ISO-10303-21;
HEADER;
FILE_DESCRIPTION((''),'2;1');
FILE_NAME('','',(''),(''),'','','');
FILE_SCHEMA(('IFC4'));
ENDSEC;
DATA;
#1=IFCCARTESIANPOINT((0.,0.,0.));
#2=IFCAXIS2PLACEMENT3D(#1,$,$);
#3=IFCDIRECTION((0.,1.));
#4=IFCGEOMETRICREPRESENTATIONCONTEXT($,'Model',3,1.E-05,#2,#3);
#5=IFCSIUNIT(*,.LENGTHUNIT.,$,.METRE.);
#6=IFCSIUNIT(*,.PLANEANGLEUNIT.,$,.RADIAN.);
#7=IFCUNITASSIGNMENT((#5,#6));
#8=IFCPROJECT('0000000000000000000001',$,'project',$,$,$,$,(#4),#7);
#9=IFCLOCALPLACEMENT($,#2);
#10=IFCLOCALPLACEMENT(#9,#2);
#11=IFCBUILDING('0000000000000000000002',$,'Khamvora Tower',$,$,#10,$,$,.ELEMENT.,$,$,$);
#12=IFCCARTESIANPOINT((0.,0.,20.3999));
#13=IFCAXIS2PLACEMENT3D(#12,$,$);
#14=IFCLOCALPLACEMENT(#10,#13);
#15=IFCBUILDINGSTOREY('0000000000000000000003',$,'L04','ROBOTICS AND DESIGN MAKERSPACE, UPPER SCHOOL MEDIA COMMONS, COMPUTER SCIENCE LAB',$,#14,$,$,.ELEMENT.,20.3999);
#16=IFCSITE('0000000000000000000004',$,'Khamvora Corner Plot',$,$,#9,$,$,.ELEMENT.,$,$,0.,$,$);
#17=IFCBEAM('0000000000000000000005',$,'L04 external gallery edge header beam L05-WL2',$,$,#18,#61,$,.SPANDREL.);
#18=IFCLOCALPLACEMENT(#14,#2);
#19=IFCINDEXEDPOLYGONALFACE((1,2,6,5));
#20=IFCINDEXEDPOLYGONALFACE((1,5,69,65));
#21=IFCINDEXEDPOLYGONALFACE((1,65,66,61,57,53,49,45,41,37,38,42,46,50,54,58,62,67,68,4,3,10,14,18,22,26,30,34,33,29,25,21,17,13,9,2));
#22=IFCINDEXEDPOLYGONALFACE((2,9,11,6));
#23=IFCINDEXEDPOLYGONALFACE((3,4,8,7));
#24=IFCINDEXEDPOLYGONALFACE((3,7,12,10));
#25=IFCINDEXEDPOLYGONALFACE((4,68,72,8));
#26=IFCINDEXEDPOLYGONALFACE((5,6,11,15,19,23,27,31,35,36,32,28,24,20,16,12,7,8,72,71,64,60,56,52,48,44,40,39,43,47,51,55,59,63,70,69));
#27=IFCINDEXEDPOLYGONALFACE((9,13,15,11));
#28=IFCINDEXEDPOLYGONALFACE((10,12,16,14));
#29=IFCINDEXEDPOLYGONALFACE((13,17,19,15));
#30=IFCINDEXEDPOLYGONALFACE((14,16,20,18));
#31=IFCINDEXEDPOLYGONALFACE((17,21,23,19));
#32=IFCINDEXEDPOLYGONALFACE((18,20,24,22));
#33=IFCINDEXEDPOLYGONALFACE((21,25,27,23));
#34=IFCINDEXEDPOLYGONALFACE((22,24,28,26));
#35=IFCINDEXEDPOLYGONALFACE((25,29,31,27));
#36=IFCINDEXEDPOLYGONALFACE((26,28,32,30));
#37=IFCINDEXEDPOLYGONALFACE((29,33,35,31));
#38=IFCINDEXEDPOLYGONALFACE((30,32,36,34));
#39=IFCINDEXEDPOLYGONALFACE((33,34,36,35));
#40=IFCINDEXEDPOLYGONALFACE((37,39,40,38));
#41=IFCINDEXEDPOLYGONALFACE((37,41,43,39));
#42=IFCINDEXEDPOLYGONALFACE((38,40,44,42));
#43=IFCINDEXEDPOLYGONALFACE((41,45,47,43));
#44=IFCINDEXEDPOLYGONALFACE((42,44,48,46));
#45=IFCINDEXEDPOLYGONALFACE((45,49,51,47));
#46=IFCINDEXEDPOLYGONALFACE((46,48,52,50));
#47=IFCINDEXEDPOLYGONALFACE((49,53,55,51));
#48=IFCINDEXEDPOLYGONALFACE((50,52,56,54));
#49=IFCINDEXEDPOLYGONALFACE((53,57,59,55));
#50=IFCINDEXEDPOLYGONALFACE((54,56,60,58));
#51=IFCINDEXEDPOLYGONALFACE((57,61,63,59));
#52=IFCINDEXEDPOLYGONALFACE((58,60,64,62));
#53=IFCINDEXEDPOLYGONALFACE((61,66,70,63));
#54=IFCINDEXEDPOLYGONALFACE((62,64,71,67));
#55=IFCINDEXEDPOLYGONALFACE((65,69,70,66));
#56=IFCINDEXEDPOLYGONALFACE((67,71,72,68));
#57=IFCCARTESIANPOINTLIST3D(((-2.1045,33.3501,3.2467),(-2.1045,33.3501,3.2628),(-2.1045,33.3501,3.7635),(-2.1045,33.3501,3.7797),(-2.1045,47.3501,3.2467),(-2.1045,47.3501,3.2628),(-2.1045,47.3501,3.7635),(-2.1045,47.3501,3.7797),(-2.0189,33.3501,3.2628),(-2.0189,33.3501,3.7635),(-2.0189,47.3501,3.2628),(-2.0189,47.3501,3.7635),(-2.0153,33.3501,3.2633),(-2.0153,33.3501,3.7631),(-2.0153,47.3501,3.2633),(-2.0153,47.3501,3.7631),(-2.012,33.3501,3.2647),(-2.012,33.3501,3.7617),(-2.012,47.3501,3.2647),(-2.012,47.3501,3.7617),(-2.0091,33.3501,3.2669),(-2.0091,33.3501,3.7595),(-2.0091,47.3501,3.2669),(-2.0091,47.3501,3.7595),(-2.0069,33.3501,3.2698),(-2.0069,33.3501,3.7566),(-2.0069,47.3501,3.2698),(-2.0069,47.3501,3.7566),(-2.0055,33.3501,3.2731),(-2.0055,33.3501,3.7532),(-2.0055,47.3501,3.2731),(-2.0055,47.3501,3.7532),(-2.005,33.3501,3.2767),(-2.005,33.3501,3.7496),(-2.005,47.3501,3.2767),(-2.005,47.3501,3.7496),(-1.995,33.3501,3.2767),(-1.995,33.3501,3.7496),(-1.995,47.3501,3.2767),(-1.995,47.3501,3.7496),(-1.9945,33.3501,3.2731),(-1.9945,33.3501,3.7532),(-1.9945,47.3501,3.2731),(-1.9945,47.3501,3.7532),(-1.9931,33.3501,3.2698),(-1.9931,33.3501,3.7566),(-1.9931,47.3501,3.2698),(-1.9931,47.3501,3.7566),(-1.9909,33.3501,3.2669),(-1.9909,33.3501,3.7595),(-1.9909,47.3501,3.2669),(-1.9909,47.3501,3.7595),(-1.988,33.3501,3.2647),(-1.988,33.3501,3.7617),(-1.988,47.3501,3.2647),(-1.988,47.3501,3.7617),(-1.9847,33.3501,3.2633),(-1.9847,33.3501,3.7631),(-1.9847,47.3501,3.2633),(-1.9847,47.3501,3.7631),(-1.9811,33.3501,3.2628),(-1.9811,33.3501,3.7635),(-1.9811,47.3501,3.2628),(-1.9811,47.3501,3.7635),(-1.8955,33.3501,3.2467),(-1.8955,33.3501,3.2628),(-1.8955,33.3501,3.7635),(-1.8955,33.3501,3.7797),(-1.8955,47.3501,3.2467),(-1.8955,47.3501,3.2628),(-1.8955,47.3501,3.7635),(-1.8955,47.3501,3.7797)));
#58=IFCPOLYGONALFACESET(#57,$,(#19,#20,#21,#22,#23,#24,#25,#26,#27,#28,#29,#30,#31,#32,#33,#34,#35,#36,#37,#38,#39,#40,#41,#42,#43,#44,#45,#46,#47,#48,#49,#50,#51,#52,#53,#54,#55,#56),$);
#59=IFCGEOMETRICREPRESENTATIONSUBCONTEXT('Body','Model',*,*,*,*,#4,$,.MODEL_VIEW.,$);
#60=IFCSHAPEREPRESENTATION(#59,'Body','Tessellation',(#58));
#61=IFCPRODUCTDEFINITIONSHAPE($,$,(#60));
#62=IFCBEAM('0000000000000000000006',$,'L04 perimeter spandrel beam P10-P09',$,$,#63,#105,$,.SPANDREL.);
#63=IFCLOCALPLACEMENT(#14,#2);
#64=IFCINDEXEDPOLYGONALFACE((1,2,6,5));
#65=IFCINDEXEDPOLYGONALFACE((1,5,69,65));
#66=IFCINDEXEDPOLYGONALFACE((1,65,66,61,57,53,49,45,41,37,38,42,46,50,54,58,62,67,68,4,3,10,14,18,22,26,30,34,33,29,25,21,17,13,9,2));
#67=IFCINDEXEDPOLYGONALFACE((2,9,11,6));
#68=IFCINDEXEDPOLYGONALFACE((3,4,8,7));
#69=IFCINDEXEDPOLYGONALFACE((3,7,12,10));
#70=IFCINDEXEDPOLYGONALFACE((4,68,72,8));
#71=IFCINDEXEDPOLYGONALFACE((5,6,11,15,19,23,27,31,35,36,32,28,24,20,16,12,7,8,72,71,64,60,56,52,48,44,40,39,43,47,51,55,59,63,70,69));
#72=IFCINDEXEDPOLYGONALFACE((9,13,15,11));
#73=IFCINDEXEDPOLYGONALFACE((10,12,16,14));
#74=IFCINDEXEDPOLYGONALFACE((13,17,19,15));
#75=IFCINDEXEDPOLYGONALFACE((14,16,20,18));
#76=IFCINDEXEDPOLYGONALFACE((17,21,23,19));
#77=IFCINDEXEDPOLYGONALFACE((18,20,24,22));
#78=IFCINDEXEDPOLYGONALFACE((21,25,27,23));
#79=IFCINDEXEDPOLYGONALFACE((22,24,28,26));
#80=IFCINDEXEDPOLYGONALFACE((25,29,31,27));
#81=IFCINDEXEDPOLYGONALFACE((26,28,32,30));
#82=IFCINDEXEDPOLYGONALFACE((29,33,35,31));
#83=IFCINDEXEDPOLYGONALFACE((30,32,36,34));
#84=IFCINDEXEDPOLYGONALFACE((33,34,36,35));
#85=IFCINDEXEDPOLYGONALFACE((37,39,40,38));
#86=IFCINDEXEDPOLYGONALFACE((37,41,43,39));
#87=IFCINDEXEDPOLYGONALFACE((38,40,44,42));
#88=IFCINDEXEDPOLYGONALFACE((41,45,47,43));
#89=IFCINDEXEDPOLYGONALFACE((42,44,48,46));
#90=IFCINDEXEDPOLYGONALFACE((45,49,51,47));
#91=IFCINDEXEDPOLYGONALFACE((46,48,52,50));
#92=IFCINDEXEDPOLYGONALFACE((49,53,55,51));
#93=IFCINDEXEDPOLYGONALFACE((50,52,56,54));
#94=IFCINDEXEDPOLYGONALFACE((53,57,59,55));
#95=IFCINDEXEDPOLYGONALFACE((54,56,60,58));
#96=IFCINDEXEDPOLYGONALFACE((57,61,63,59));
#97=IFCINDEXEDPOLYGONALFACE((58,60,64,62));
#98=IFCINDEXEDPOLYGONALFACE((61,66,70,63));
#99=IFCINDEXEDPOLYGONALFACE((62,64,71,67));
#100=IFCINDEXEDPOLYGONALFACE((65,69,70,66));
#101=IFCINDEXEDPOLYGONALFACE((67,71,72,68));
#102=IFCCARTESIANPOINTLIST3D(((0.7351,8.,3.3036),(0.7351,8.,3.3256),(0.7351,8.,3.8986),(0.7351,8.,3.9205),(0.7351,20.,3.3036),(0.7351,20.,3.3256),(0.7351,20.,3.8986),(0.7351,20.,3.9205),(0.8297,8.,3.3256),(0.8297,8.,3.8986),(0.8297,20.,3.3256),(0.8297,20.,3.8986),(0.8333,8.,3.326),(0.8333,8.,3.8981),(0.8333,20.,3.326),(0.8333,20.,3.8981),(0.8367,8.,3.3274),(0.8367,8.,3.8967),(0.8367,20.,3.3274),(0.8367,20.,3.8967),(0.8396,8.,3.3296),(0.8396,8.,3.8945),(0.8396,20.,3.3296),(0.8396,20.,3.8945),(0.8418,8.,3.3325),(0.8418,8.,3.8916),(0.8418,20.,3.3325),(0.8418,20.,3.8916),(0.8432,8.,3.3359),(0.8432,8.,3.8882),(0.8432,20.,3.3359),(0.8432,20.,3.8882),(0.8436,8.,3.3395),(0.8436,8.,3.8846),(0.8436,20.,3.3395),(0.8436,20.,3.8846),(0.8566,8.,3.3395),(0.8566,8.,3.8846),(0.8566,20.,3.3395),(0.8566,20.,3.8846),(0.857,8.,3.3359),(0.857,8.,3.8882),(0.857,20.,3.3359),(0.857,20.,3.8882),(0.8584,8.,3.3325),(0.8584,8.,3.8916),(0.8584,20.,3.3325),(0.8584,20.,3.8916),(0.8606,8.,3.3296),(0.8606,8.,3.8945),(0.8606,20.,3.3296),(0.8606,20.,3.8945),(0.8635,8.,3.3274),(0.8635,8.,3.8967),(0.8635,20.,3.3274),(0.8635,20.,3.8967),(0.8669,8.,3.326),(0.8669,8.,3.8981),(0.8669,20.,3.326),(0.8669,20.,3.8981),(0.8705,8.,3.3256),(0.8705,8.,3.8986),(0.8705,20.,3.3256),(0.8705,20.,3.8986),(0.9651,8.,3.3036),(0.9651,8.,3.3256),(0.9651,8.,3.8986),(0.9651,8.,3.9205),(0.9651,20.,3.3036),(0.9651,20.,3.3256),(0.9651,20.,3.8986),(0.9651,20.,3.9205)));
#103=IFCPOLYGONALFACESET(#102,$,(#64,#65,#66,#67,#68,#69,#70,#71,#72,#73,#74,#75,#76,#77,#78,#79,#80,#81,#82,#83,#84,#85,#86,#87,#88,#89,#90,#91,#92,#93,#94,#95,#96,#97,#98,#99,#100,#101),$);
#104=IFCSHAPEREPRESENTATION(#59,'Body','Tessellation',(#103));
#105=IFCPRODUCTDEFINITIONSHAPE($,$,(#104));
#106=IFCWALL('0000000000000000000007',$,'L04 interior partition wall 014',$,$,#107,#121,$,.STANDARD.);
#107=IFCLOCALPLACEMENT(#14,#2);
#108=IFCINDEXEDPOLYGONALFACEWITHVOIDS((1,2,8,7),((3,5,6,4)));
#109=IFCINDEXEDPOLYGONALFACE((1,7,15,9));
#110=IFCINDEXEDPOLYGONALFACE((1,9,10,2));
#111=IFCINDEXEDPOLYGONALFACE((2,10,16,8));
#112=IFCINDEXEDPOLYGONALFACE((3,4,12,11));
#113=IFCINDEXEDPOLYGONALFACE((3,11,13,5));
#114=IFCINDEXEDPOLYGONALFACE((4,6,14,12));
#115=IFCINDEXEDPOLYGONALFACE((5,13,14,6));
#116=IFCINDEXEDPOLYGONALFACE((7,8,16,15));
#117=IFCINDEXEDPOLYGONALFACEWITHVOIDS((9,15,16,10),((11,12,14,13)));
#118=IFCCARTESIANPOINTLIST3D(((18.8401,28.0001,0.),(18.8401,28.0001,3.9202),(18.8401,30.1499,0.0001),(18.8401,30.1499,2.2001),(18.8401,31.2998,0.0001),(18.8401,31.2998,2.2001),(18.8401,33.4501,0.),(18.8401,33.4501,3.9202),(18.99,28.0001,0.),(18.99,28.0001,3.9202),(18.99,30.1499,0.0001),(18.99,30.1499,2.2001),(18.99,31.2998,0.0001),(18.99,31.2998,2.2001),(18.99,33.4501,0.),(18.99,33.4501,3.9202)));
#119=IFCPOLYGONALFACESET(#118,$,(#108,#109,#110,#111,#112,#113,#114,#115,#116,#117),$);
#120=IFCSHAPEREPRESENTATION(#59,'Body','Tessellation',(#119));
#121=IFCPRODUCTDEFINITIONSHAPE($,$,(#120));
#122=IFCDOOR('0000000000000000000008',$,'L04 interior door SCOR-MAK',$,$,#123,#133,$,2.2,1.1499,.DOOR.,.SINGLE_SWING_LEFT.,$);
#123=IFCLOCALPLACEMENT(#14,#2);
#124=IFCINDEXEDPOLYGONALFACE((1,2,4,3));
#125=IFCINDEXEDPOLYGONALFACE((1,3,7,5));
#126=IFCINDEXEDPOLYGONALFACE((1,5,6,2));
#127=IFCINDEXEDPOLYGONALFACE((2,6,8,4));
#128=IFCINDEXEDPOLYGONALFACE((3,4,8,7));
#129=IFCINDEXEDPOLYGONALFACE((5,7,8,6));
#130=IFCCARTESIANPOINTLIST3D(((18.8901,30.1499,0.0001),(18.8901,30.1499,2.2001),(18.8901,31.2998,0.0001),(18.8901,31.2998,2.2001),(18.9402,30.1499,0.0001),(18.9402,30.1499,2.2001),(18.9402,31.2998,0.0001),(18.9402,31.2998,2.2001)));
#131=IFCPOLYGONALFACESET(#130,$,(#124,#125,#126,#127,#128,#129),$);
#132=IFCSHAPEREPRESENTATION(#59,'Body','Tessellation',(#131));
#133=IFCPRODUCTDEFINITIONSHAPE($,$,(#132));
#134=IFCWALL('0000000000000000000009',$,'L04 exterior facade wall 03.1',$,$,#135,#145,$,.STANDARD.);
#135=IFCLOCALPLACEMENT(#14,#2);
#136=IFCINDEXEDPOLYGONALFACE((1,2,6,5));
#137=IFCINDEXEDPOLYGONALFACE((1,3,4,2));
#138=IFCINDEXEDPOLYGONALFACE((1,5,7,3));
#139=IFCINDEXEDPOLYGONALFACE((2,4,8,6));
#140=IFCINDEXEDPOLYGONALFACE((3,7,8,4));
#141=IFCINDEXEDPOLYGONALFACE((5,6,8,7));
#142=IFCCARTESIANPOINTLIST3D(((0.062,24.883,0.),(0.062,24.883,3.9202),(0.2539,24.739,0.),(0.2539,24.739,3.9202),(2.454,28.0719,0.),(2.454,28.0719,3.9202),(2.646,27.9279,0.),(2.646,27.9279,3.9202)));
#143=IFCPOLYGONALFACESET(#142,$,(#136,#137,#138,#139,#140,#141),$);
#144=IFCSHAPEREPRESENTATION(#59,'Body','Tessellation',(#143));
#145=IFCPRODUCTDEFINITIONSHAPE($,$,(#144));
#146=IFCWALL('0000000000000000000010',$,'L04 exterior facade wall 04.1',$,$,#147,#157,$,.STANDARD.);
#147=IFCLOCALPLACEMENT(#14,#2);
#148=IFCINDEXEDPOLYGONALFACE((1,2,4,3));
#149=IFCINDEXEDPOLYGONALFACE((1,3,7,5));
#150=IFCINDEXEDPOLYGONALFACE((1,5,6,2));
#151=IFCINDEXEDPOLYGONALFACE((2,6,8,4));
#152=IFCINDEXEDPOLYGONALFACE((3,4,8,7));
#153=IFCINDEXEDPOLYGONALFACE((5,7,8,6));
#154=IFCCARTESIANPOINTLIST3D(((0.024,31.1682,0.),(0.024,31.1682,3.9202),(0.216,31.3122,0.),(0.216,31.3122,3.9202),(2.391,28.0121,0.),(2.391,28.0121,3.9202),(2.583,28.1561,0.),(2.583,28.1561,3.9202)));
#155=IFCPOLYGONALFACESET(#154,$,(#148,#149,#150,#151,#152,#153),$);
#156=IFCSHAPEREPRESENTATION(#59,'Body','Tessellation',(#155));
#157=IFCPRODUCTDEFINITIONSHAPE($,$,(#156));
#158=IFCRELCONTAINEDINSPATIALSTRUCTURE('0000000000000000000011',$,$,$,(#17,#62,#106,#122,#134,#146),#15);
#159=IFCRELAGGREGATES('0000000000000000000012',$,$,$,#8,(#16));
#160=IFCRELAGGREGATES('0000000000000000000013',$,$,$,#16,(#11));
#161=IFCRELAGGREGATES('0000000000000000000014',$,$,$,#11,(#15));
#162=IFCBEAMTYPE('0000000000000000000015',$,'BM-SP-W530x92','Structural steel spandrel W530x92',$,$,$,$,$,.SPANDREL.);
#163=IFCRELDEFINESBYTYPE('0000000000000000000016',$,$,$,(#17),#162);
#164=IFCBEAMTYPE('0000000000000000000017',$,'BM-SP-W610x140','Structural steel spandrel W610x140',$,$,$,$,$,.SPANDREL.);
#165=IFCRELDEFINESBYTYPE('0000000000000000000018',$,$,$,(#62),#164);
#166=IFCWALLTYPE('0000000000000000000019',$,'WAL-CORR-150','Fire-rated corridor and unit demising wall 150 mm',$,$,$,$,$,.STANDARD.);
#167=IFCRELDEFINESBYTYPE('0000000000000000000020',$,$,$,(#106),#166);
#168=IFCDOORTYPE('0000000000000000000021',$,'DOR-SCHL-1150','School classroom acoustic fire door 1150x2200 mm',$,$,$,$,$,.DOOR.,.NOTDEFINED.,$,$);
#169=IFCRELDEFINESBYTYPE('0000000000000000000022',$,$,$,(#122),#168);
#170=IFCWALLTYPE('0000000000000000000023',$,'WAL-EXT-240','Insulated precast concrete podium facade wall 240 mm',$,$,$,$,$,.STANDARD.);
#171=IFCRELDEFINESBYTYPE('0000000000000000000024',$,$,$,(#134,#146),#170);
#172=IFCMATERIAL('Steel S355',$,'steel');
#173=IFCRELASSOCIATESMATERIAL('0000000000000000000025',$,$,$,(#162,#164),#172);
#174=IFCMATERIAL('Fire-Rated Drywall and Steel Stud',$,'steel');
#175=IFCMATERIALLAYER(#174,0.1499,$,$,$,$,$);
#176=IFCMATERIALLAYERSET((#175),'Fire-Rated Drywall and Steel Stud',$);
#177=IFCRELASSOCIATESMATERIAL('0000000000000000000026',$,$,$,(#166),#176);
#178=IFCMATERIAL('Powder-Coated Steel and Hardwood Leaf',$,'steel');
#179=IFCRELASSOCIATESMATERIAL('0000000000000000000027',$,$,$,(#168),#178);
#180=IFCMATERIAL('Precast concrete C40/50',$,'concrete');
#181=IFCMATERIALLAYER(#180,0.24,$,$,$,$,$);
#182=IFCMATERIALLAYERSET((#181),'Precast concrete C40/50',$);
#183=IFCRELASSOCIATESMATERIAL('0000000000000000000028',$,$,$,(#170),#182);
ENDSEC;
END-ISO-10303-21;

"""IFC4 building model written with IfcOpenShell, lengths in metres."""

from ifc_helpers import new_model, si_unit, direction, frame, frame_2d, origin, origin_2d, place, context, subcontext, project, spatial, rectangle, i_section, extrude, material, layer, layer_set, material_profile, profile_set, type_object, element, fill, save


model = new_model("IFC4")

# Units and contexts
model_context = context("Model", 3, precision=1e-05, world=origin(), true_north=direction((0.0, 1.0)))
body_context = subcontext(model_context, "Body", "Model", "MODEL_VIEW")
ifc_project = project(units=[si_unit("LENGTHUNIT", "METRE"), si_unit("PLANEANGLEUNIT", "RADIAN")], contexts=[model_context])

# Site, building, storey
site_placement = place(None, origin())
site = spatial("IfcSite", under=ifc_project, at=site_placement, Name="Khamvora Corner Plot", CompositionType="ELEMENT", RefElevation=0.0)
building_placement = place(site_placement, origin())
building = spatial("IfcBuilding", under=site, at=building_placement, Name="Khamvora Tower", CompositionType="ELEMENT")
storey_placement = place(building_placement, frame((0.0, 0.0, 20.3999)))
storey = spatial("IfcBuildingStorey", under=building, at=storey_placement, Name="L04", Description="ROBOTICS AND DESIGN MAKERSPACE, UPPER SCHOOL MEDIA COMMONS, COMPUTER SCIENCE LAB", CompositionType="ELEMENT", Elevation=20.3999)

# Beams
ifc_material_1 = material(Name="Steel S355", Category="steel")
ifc_material_profile_1 = material_profile(ifc_material_1, i_section(OverallWidth=0.209, OverallDepth=0.533, WebThickness=0.01, FlangeThickness=0.0161, FilletRadius=0.0139, at=origin_2d()), Name="W530x92")
ifc_profile_set_1 = profile_set([ifc_material_profile_1], Name="Steel S355")
beam_type_1 = type_object("IfcBeamType", Name="BM-SP-W530x92", Description="Structural steel spandrel W530x92", PredefinedType="SPANDREL", material=ifc_profile_set_1)
beam_1_placement = place(storey_placement, frame((-2.0, 33.3501, 3.5132), z_axis=(0.0, 1.0, 0.0), x_axis=(-1.0, 0.0, 0.0)))
element("IfcBeam", 1, at=beam_1_placement, inside=storey, type_object=beam_type_1, Name="L04 external gallery edge header beam L05-WL2", PredefinedType="SPANDREL", context=body_context, shape_type="SweptSolid", body=[
    extrude(i_section(OverallWidth=0.209, OverallDepth=0.533, WebThickness=0.01, FlangeThickness=0.0161, FilletRadius=0.0139, at=origin_2d()), origin(), (0.0, 0.0, 1.0), 14.0),
])
ifc_material_profile_2 = material_profile(ifc_material_1, i_section(OverallWidth=0.23, OverallDepth=0.6169, WebThickness=0.0129, FlangeThickness=0.022, FilletRadius=0.0139, at=origin_2d()), Name="W610x140")
ifc_profile_set_2 = profile_set([ifc_material_profile_2], Name="Steel S355")
beam_type_2 = type_object("IfcBeamType", Name="BM-SP-W610x140", Description="Structural steel spandrel W610x140", PredefinedType="SPANDREL", material=ifc_profile_set_2)
beam_2_placement = place(storey_placement, frame((0.8501, 20.0, 3.6121), z_axis=(0.0, -1.0, 0.0), x_axis=(1.0, 0.0, 0.0)))
element("IfcBeam", 2, at=beam_2_placement, inside=storey, type_object=beam_type_2, Name="L04 perimeter spandrel beam P10-P09", PredefinedType="SPANDREL", context=body_context, shape_type="SweptSolid", body=[
    extrude(i_section(OverallWidth=0.23, OverallDepth=0.6169, WebThickness=0.0129, FlangeThickness=0.022, FilletRadius=0.0139, at=origin_2d()), origin(), (0.0, 0.0, 1.0), 12.0),
])

# Wall, opening, door
ifc_material_2 = material(Name="Fire-Rated Drywall and Steel Stud", Category="steel")
ifc_layer_1 = layer(ifc_material_2, 0.1499)
ifc_layer_set_1 = layer_set([ifc_layer_1], Name="Fire-Rated Drywall and Steel Stud")
wall_type_1 = type_object("IfcWallType", Name="WAL-CORR-150", Description="Fire-rated corridor and unit demising wall 150 mm", PredefinedType="STANDARD", material=ifc_layer_set_1)
wall_1_placement = place(storey_placement, frame((18.915, 28.0, 0.0), z_axis=(0.0, 0.0, 1.0), x_axis=(0.0, 1.0, 0.0)))
wall_1 = element("IfcWall", 3, at=wall_1_placement, inside=storey, type_object=wall_type_1, Name="L04 interior partition wall 014", PredefinedType="STANDARD", context=body_context, shape_type="SweptSolid", body=[
    extrude(rectangle(XDim=5.45, YDim=0.1499, at=frame_2d((2.7251, 0.0))), origin(), (0.0, 0.0, 1.0), 3.9202),
])
opening_1_placement = place(wall_1_placement, frame((2.1499, 0.0, 0.0)))
opening_1 = element("IfcOpeningElement", 4, at=opening_1_placement, cuts=wall_1, PredefinedType="OPENING", context=body_context, shape_type="SweptSolid", body=[
    extrude(rectangle(XDim=1.1499, YDim=2.2, at=frame_2d((0.575, 1.1001))), frame((0.0, 0.085, 0.0), z_axis=(0.0, -1.0, 0.0), x_axis=(1.0, 0.0, 0.0)), (0.0, 0.0, 1.0), 0.1699),
])
ifc_material_3 = material(Name="Powder-Coated Steel and Hardwood Leaf", Category="steel")
door_type_1 = type_object("IfcDoorType", Name="DOR-SCHL-1150", Description="School classroom acoustic fire door 1150x2200 mm", OperationType="NOTDEFINED", PredefinedType="DOOR", material=ifc_material_3)
door_1_placement = place(opening_1_placement, origin())
door_1 = element("IfcDoor", 5, at=door_1_placement, inside=storey, type_object=door_type_1, Name="L04 interior door SCOR-MAK", OperationType="SINGLE_SWING_LEFT", OverallHeight=2.2, OverallWidth=1.1499, PredefinedType="DOOR", context=body_context, shape_type="SweptSolid", body=[
    extrude(rectangle(XDim=1.1499, YDim=2.2, at=frame_2d((0.575, 1.1001))), frame((0.0, 0.0249, 0.0), z_axis=(0.0, -1.0, 0.0), x_axis=(1.0, 0.0, 0.0)), (0.0, 0.0, 1.0), 0.05),
])
fill(opening_1, door_1)

# Walls
ifc_material_4 = material(Name="Precast concrete C40/50", Category="concrete")
ifc_layer_2 = layer(ifc_material_4, 0.24)
ifc_layer_set_2 = layer_set([ifc_layer_2], Name="Precast concrete C40/50")
wall_type_2 = type_object("IfcWallType", Name="WAL-EXT-240", Description="Insulated precast concrete podium facade wall 240 mm", PredefinedType="STANDARD", material=ifc_layer_set_2)
wall_2_placement = place(storey_placement, frame((0.158, 24.811, 0.0), z_axis=(0.0, 0.0, 1.0), x_axis=(0.600059, 0.799956, 0.0)))
element("IfcWall", 6, at=wall_2_placement, inside=storey, type_object=wall_type_2, Name="L04 exterior facade wall 03.1", PredefinedType="STANDARD", context=body_context, shape_type="SweptSolid", body=[
    extrude(rectangle(XDim=3.9863, YDim=0.24, at=frame_2d((1.9932, 0.0))), origin(), (0.0, 0.0, 1.0), 3.9202),
])
wall_3_placement = place(storey_placement, frame((2.4871, 28.084, 0.0), z_axis=(0.0, 0.0, 1.0), x_axis=(-0.59999, 0.800007, 0.0)))
element("IfcWall", 7, at=wall_3_placement, inside=storey, type_object=wall_type_2, Name="L04 exterior facade wall 04.1", PredefinedType="STANDARD", context=body_context, shape_type="SweptSolid", body=[
    extrude(rectangle(XDim=3.9451, YDim=0.24, at=frame_2d((1.9727, 0.0))), origin(), (0.0, 0.0, 1.0), 3.9202),
])

save(model, "model.ifc")
